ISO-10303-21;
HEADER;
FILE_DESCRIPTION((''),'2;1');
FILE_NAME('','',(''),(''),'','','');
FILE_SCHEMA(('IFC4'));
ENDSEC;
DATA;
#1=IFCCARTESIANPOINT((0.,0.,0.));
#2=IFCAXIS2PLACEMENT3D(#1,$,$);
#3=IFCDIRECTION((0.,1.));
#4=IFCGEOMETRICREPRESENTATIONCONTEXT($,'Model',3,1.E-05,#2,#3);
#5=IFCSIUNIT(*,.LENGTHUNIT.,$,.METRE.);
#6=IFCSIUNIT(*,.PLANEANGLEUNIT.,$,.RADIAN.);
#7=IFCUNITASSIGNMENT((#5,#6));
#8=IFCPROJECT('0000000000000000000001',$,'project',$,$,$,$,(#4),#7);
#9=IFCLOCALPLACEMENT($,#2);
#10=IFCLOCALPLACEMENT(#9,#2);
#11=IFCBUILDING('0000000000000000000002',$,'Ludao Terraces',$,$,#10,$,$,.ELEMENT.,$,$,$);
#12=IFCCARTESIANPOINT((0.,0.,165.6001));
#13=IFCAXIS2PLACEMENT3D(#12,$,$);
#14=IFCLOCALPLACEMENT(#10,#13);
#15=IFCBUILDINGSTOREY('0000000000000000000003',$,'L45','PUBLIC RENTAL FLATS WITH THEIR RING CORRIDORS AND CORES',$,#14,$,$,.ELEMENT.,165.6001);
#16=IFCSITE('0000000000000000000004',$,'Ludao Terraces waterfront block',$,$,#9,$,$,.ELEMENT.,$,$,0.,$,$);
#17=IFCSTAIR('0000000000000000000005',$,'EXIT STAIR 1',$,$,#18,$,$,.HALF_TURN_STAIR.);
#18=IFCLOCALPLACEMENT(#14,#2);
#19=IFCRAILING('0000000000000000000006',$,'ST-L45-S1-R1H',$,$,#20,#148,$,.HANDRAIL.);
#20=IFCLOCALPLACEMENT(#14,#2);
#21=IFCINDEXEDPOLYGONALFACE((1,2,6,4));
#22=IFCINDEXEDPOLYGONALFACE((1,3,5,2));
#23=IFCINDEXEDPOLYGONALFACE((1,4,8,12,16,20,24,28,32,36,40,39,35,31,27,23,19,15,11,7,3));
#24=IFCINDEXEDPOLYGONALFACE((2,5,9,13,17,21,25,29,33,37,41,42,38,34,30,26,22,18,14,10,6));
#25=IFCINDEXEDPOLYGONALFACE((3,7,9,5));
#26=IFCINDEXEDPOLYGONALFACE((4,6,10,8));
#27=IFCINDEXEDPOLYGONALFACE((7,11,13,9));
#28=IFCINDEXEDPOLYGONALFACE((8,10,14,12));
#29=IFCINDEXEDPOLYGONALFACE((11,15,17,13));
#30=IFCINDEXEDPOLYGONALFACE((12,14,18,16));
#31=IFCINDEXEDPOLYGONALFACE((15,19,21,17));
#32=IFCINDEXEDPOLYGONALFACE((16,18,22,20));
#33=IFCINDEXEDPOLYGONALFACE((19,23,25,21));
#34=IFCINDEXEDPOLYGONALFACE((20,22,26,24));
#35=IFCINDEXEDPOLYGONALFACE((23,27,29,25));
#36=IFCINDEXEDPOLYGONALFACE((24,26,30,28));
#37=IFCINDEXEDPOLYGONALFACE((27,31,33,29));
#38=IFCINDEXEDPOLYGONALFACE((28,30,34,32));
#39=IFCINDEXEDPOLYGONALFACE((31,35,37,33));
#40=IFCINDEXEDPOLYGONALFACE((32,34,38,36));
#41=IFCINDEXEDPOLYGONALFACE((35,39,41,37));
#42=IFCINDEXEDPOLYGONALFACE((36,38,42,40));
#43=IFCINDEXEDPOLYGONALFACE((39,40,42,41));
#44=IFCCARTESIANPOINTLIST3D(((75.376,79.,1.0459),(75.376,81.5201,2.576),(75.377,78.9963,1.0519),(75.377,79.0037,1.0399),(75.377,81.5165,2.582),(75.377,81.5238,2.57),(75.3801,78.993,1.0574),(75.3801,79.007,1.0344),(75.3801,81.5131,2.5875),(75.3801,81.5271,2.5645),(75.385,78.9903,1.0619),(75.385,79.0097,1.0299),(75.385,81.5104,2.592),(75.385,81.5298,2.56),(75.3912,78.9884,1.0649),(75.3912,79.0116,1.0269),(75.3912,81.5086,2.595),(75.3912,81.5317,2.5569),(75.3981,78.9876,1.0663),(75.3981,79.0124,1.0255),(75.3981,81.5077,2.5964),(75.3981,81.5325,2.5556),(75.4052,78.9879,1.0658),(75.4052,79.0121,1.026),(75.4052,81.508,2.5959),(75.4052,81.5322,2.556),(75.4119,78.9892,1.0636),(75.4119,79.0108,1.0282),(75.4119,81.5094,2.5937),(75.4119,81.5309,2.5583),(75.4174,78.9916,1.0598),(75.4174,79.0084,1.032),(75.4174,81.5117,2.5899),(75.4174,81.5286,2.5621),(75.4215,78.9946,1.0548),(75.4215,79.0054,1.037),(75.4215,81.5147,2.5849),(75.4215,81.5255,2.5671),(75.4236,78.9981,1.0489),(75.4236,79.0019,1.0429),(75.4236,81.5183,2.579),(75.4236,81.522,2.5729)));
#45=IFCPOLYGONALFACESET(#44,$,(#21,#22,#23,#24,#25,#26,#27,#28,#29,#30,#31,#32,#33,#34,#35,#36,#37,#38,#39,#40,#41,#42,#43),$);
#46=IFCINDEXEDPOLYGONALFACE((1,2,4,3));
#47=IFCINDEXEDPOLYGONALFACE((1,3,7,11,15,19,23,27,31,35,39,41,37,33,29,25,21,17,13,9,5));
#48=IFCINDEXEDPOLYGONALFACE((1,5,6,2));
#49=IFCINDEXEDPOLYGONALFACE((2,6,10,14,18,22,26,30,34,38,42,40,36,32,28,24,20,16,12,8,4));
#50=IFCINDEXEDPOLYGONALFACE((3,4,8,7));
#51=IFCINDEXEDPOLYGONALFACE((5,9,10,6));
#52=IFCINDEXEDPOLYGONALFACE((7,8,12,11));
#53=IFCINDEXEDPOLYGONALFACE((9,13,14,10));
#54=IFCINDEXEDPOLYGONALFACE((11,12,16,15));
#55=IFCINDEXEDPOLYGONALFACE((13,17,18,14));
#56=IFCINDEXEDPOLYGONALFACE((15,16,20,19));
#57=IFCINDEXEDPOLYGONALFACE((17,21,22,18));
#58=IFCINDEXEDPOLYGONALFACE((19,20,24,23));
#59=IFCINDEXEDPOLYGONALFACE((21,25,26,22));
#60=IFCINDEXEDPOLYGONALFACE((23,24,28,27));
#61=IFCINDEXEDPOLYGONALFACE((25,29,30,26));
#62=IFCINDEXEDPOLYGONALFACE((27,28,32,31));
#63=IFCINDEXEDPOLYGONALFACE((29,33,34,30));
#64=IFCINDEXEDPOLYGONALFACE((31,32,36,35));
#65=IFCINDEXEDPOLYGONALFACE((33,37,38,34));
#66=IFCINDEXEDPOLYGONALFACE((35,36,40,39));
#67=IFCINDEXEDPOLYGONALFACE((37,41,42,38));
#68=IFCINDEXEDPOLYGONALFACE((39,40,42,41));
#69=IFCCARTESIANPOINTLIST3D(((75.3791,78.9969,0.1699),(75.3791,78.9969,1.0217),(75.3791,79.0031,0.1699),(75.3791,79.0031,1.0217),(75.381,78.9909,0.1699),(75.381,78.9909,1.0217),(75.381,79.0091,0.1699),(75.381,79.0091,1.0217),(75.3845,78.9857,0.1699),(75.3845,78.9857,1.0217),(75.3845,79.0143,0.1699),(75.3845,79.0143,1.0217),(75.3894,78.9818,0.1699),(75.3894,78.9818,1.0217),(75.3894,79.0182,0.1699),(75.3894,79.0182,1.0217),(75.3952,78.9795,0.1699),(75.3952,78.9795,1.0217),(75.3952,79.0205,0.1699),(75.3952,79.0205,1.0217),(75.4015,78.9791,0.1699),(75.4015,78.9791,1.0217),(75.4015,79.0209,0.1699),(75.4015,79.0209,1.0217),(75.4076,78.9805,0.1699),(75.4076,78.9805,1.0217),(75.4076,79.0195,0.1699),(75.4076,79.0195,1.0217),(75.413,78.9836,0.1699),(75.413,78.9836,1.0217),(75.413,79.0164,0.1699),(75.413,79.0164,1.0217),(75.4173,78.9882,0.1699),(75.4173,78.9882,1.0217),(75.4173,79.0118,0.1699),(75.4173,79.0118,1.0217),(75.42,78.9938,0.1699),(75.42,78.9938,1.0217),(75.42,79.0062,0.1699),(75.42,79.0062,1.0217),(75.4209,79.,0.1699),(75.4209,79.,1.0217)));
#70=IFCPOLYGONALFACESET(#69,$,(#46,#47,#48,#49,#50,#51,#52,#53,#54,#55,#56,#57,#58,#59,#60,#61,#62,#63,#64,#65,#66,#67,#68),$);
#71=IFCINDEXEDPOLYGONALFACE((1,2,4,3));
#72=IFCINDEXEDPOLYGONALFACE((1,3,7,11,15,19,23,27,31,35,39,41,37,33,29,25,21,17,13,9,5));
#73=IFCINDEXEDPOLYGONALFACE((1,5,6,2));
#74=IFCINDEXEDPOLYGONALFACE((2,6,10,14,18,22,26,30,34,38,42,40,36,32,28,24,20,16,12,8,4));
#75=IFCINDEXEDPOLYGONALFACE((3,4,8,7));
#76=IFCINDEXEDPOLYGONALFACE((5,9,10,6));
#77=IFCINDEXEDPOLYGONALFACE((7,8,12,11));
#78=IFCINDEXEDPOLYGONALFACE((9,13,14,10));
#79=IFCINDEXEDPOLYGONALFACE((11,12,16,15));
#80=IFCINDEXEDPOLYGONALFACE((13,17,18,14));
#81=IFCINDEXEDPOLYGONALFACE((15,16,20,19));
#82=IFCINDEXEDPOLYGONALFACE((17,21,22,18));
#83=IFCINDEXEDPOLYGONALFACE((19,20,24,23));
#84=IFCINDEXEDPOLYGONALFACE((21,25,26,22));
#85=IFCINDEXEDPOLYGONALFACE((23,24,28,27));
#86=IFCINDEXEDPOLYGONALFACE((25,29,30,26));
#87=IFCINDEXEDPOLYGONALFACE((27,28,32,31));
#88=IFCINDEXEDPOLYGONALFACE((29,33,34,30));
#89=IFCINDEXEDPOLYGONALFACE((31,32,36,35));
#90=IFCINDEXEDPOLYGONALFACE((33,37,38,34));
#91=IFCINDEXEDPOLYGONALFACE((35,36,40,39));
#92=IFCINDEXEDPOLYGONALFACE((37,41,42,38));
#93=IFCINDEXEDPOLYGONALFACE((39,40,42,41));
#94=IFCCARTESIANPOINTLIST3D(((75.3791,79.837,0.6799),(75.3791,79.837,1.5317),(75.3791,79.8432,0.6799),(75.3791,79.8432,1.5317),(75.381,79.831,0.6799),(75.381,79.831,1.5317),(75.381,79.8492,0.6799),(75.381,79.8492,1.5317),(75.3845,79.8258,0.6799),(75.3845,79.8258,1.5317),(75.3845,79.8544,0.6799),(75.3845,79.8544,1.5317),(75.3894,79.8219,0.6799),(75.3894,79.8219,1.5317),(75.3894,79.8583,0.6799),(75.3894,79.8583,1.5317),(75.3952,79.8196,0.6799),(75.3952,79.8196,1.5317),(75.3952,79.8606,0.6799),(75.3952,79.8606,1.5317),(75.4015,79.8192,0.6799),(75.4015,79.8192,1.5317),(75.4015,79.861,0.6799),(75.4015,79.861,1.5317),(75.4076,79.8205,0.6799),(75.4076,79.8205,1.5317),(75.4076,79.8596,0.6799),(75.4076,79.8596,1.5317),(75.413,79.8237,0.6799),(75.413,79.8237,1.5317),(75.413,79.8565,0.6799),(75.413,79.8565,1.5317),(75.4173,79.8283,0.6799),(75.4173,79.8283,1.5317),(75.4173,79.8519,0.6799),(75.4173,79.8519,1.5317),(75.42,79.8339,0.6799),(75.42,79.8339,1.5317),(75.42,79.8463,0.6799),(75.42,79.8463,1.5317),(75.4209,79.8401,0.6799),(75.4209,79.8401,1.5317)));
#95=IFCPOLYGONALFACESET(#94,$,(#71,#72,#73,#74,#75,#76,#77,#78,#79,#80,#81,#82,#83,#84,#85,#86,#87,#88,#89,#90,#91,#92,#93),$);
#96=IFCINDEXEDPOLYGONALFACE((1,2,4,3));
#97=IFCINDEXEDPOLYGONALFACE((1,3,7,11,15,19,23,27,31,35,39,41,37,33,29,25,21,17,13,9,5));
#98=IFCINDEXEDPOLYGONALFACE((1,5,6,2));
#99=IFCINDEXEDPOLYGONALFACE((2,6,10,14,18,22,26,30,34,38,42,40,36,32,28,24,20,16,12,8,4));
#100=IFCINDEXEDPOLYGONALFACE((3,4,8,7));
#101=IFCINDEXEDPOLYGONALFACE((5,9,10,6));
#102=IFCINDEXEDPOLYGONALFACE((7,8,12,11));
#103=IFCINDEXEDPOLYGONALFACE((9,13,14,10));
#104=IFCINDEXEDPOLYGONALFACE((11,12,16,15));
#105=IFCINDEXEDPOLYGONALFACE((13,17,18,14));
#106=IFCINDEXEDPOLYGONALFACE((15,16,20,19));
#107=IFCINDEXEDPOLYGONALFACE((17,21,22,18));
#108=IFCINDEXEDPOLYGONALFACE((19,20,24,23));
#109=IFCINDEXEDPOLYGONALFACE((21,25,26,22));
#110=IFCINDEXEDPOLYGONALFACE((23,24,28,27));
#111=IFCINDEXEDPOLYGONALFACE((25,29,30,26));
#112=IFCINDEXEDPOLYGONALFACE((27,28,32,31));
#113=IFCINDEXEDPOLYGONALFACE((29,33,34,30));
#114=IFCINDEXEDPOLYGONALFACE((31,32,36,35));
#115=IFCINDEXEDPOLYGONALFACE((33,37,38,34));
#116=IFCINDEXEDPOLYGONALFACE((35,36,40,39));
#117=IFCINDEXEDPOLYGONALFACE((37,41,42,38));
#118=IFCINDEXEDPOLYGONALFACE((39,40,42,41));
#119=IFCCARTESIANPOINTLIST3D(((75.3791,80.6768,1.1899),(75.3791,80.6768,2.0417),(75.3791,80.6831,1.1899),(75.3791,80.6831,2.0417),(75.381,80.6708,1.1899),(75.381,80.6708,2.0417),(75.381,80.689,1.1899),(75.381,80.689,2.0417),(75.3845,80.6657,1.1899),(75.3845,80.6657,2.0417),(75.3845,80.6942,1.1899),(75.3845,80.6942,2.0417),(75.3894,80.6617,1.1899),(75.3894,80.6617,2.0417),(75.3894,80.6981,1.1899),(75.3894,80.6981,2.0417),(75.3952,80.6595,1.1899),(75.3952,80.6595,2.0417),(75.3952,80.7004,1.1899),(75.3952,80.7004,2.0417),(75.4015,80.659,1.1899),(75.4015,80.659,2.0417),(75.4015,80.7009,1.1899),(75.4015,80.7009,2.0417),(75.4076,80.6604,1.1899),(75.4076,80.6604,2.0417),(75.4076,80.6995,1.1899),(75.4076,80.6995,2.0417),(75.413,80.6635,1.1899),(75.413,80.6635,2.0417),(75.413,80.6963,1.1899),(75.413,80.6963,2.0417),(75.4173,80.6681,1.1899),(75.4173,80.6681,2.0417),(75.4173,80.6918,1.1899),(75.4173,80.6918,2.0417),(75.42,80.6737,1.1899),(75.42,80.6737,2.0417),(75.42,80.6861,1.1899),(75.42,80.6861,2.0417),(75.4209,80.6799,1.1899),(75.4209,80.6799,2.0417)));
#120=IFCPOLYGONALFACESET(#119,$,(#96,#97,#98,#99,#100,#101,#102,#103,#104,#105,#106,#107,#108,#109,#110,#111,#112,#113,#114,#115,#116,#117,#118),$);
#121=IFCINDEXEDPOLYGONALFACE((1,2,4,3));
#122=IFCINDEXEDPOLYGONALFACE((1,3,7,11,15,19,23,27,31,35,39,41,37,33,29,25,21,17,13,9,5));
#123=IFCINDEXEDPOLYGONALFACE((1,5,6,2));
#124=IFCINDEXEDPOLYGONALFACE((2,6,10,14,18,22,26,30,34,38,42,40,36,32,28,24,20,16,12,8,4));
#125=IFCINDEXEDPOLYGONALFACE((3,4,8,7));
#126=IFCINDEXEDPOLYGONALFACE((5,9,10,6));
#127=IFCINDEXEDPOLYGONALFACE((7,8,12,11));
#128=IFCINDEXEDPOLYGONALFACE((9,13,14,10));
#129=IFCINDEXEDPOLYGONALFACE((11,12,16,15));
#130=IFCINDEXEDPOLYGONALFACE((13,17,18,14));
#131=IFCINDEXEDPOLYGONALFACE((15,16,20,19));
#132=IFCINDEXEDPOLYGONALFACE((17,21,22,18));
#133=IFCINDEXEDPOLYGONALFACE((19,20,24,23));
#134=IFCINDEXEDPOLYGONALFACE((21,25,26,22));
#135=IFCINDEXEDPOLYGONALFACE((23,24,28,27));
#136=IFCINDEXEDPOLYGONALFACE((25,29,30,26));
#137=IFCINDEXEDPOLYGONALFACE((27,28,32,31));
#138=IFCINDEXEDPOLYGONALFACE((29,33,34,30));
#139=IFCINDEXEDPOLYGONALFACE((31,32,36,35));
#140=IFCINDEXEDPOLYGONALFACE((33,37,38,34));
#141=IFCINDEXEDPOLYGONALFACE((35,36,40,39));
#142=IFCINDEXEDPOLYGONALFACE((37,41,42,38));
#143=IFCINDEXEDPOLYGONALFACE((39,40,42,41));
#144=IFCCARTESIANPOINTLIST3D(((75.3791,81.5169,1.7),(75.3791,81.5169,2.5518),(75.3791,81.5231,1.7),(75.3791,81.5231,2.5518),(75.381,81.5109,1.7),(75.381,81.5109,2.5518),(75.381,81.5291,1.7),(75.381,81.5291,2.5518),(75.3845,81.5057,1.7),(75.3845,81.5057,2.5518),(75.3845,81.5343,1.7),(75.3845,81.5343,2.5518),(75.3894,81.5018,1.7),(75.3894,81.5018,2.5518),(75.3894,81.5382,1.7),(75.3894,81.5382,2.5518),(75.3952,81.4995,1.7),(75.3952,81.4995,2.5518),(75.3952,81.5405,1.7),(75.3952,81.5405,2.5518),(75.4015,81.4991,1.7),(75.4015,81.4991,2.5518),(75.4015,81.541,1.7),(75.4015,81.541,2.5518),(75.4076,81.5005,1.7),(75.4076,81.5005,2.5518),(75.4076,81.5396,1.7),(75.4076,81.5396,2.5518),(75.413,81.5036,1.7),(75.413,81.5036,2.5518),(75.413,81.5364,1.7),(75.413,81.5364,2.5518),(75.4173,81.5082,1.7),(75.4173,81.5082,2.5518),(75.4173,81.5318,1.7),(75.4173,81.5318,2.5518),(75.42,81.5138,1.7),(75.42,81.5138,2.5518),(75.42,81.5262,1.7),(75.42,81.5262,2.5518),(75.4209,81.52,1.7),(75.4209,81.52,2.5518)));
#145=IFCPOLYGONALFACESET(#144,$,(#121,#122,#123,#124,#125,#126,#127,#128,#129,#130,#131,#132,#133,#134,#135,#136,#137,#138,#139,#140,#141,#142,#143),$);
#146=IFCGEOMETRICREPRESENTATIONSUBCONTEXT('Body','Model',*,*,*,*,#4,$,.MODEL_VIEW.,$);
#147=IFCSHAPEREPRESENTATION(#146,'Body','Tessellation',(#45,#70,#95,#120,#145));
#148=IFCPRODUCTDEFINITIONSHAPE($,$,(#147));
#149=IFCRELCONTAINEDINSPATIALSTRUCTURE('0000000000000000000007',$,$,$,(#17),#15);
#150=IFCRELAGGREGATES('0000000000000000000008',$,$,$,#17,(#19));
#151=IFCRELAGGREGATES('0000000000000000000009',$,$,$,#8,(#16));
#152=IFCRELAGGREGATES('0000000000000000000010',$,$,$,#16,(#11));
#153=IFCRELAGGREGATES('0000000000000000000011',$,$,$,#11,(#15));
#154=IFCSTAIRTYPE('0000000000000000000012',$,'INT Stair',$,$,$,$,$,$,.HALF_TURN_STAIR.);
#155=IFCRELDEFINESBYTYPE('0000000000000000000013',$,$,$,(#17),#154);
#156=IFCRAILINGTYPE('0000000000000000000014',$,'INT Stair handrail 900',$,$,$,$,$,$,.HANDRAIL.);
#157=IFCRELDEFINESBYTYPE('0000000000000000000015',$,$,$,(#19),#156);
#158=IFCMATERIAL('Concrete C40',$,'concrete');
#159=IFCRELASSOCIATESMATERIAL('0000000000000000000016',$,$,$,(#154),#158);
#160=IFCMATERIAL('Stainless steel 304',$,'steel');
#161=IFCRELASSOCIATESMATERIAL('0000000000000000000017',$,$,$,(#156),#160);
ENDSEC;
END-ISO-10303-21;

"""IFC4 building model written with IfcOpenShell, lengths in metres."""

from ifc_helpers import new_model, si_unit, direction, frame, origin, origin_2d, place, context, subcontext, project, spatial, circle, extrude, material, type_object, element, aggregate, save


model = new_model("IFC4")

# Units and contexts
model_context = context("Model", 3, precision=1e-05, world=origin(), true_north=direction((0.0, 1.0)))
body_context = subcontext(model_context, "Body", "Model", "MODEL_VIEW")
ifc_project = project(units=[si_unit("LENGTHUNIT", "METRE"), si_unit("PLANEANGLEUNIT", "RADIAN")], contexts=[model_context])

# Site, building, storey
site_placement = place(None, origin())
site = spatial("IfcSite", under=ifc_project, at=site_placement, Name="Ludao Terraces waterfront block", CompositionType="ELEMENT", RefElevation=0.0)
building_placement = place(site_placement, origin())
building = spatial("IfcBuilding", under=site, at=building_placement, Name="Ludao Terraces", CompositionType="ELEMENT")
storey_placement = place(building_placement, frame((0.0, 0.0, 165.6001)))
storey = spatial("IfcBuildingStorey", under=building, at=storey_placement, Name="L45", Description="PUBLIC RENTAL FLATS WITH THEIR RING CORRIDORS AND CORES", CompositionType="ELEMENT", Elevation=165.6001)

# Shared definitions
ifc_material_1 = material(Name="Concrete C40", Category="concrete")

# Stair, railing
stair_type = type_object("IfcStairType", Name="INT Stair", PredefinedType="HALF_TURN_STAIR", material=ifc_material_1)
stair_placement = place(storey_placement, origin())
stair = element("IfcStair", 1, at=stair_placement, inside=storey, type_object=stair_type, Name="EXIT STAIR 1", PredefinedType="HALF_TURN_STAIR")
ifc_material_2 = material(Name="Stainless steel 304", Category="steel")
railing_type = type_object("IfcRailingType", Name="INT Stair handrail 900", PredefinedType="HANDRAIL", material=ifc_material_2)
railing_placement = place(storey_placement, frame((75.3999, 79.0, 0.1699)))
railing = element("IfcRailing", 2, at=railing_placement, type_object=railing_type, Name="ST-L45-S1-R1H", PredefinedType="HANDRAIL", context=body_context, shape_type="SweptSolid", body=[
    extrude(circle(Radius=0.0239, at=origin_2d()), frame((0.0, 0.0, 0.876), z_axis=(0.0, 0.854785, 0.518982), x_axis=(-1.0, 0.0, 0.0)), (0.0, 0.0, 1.0), 2.9482),
    extrude(circle(Radius=0.021, at=origin_2d()), origin(), (0.0, 0.0, 1.0), 0.8518),
    extrude(circle(Radius=0.021, at=origin_2d()), frame((0.0, 0.8401, 0.51)), (0.0, 0.0, 1.0), 0.8518),
    extrude(circle(Radius=0.021, at=origin_2d()), frame((0.0, 1.6799, 1.02)), (0.0, 0.0, 1.0), 0.8518),
    extrude(circle(Radius=0.021, at=origin_2d()), frame((0.0, 2.52, 1.53)), (0.0, 0.0, 1.0), 0.8518),
])
aggregate(stair, [railing])

save(model, "model.ifc")
